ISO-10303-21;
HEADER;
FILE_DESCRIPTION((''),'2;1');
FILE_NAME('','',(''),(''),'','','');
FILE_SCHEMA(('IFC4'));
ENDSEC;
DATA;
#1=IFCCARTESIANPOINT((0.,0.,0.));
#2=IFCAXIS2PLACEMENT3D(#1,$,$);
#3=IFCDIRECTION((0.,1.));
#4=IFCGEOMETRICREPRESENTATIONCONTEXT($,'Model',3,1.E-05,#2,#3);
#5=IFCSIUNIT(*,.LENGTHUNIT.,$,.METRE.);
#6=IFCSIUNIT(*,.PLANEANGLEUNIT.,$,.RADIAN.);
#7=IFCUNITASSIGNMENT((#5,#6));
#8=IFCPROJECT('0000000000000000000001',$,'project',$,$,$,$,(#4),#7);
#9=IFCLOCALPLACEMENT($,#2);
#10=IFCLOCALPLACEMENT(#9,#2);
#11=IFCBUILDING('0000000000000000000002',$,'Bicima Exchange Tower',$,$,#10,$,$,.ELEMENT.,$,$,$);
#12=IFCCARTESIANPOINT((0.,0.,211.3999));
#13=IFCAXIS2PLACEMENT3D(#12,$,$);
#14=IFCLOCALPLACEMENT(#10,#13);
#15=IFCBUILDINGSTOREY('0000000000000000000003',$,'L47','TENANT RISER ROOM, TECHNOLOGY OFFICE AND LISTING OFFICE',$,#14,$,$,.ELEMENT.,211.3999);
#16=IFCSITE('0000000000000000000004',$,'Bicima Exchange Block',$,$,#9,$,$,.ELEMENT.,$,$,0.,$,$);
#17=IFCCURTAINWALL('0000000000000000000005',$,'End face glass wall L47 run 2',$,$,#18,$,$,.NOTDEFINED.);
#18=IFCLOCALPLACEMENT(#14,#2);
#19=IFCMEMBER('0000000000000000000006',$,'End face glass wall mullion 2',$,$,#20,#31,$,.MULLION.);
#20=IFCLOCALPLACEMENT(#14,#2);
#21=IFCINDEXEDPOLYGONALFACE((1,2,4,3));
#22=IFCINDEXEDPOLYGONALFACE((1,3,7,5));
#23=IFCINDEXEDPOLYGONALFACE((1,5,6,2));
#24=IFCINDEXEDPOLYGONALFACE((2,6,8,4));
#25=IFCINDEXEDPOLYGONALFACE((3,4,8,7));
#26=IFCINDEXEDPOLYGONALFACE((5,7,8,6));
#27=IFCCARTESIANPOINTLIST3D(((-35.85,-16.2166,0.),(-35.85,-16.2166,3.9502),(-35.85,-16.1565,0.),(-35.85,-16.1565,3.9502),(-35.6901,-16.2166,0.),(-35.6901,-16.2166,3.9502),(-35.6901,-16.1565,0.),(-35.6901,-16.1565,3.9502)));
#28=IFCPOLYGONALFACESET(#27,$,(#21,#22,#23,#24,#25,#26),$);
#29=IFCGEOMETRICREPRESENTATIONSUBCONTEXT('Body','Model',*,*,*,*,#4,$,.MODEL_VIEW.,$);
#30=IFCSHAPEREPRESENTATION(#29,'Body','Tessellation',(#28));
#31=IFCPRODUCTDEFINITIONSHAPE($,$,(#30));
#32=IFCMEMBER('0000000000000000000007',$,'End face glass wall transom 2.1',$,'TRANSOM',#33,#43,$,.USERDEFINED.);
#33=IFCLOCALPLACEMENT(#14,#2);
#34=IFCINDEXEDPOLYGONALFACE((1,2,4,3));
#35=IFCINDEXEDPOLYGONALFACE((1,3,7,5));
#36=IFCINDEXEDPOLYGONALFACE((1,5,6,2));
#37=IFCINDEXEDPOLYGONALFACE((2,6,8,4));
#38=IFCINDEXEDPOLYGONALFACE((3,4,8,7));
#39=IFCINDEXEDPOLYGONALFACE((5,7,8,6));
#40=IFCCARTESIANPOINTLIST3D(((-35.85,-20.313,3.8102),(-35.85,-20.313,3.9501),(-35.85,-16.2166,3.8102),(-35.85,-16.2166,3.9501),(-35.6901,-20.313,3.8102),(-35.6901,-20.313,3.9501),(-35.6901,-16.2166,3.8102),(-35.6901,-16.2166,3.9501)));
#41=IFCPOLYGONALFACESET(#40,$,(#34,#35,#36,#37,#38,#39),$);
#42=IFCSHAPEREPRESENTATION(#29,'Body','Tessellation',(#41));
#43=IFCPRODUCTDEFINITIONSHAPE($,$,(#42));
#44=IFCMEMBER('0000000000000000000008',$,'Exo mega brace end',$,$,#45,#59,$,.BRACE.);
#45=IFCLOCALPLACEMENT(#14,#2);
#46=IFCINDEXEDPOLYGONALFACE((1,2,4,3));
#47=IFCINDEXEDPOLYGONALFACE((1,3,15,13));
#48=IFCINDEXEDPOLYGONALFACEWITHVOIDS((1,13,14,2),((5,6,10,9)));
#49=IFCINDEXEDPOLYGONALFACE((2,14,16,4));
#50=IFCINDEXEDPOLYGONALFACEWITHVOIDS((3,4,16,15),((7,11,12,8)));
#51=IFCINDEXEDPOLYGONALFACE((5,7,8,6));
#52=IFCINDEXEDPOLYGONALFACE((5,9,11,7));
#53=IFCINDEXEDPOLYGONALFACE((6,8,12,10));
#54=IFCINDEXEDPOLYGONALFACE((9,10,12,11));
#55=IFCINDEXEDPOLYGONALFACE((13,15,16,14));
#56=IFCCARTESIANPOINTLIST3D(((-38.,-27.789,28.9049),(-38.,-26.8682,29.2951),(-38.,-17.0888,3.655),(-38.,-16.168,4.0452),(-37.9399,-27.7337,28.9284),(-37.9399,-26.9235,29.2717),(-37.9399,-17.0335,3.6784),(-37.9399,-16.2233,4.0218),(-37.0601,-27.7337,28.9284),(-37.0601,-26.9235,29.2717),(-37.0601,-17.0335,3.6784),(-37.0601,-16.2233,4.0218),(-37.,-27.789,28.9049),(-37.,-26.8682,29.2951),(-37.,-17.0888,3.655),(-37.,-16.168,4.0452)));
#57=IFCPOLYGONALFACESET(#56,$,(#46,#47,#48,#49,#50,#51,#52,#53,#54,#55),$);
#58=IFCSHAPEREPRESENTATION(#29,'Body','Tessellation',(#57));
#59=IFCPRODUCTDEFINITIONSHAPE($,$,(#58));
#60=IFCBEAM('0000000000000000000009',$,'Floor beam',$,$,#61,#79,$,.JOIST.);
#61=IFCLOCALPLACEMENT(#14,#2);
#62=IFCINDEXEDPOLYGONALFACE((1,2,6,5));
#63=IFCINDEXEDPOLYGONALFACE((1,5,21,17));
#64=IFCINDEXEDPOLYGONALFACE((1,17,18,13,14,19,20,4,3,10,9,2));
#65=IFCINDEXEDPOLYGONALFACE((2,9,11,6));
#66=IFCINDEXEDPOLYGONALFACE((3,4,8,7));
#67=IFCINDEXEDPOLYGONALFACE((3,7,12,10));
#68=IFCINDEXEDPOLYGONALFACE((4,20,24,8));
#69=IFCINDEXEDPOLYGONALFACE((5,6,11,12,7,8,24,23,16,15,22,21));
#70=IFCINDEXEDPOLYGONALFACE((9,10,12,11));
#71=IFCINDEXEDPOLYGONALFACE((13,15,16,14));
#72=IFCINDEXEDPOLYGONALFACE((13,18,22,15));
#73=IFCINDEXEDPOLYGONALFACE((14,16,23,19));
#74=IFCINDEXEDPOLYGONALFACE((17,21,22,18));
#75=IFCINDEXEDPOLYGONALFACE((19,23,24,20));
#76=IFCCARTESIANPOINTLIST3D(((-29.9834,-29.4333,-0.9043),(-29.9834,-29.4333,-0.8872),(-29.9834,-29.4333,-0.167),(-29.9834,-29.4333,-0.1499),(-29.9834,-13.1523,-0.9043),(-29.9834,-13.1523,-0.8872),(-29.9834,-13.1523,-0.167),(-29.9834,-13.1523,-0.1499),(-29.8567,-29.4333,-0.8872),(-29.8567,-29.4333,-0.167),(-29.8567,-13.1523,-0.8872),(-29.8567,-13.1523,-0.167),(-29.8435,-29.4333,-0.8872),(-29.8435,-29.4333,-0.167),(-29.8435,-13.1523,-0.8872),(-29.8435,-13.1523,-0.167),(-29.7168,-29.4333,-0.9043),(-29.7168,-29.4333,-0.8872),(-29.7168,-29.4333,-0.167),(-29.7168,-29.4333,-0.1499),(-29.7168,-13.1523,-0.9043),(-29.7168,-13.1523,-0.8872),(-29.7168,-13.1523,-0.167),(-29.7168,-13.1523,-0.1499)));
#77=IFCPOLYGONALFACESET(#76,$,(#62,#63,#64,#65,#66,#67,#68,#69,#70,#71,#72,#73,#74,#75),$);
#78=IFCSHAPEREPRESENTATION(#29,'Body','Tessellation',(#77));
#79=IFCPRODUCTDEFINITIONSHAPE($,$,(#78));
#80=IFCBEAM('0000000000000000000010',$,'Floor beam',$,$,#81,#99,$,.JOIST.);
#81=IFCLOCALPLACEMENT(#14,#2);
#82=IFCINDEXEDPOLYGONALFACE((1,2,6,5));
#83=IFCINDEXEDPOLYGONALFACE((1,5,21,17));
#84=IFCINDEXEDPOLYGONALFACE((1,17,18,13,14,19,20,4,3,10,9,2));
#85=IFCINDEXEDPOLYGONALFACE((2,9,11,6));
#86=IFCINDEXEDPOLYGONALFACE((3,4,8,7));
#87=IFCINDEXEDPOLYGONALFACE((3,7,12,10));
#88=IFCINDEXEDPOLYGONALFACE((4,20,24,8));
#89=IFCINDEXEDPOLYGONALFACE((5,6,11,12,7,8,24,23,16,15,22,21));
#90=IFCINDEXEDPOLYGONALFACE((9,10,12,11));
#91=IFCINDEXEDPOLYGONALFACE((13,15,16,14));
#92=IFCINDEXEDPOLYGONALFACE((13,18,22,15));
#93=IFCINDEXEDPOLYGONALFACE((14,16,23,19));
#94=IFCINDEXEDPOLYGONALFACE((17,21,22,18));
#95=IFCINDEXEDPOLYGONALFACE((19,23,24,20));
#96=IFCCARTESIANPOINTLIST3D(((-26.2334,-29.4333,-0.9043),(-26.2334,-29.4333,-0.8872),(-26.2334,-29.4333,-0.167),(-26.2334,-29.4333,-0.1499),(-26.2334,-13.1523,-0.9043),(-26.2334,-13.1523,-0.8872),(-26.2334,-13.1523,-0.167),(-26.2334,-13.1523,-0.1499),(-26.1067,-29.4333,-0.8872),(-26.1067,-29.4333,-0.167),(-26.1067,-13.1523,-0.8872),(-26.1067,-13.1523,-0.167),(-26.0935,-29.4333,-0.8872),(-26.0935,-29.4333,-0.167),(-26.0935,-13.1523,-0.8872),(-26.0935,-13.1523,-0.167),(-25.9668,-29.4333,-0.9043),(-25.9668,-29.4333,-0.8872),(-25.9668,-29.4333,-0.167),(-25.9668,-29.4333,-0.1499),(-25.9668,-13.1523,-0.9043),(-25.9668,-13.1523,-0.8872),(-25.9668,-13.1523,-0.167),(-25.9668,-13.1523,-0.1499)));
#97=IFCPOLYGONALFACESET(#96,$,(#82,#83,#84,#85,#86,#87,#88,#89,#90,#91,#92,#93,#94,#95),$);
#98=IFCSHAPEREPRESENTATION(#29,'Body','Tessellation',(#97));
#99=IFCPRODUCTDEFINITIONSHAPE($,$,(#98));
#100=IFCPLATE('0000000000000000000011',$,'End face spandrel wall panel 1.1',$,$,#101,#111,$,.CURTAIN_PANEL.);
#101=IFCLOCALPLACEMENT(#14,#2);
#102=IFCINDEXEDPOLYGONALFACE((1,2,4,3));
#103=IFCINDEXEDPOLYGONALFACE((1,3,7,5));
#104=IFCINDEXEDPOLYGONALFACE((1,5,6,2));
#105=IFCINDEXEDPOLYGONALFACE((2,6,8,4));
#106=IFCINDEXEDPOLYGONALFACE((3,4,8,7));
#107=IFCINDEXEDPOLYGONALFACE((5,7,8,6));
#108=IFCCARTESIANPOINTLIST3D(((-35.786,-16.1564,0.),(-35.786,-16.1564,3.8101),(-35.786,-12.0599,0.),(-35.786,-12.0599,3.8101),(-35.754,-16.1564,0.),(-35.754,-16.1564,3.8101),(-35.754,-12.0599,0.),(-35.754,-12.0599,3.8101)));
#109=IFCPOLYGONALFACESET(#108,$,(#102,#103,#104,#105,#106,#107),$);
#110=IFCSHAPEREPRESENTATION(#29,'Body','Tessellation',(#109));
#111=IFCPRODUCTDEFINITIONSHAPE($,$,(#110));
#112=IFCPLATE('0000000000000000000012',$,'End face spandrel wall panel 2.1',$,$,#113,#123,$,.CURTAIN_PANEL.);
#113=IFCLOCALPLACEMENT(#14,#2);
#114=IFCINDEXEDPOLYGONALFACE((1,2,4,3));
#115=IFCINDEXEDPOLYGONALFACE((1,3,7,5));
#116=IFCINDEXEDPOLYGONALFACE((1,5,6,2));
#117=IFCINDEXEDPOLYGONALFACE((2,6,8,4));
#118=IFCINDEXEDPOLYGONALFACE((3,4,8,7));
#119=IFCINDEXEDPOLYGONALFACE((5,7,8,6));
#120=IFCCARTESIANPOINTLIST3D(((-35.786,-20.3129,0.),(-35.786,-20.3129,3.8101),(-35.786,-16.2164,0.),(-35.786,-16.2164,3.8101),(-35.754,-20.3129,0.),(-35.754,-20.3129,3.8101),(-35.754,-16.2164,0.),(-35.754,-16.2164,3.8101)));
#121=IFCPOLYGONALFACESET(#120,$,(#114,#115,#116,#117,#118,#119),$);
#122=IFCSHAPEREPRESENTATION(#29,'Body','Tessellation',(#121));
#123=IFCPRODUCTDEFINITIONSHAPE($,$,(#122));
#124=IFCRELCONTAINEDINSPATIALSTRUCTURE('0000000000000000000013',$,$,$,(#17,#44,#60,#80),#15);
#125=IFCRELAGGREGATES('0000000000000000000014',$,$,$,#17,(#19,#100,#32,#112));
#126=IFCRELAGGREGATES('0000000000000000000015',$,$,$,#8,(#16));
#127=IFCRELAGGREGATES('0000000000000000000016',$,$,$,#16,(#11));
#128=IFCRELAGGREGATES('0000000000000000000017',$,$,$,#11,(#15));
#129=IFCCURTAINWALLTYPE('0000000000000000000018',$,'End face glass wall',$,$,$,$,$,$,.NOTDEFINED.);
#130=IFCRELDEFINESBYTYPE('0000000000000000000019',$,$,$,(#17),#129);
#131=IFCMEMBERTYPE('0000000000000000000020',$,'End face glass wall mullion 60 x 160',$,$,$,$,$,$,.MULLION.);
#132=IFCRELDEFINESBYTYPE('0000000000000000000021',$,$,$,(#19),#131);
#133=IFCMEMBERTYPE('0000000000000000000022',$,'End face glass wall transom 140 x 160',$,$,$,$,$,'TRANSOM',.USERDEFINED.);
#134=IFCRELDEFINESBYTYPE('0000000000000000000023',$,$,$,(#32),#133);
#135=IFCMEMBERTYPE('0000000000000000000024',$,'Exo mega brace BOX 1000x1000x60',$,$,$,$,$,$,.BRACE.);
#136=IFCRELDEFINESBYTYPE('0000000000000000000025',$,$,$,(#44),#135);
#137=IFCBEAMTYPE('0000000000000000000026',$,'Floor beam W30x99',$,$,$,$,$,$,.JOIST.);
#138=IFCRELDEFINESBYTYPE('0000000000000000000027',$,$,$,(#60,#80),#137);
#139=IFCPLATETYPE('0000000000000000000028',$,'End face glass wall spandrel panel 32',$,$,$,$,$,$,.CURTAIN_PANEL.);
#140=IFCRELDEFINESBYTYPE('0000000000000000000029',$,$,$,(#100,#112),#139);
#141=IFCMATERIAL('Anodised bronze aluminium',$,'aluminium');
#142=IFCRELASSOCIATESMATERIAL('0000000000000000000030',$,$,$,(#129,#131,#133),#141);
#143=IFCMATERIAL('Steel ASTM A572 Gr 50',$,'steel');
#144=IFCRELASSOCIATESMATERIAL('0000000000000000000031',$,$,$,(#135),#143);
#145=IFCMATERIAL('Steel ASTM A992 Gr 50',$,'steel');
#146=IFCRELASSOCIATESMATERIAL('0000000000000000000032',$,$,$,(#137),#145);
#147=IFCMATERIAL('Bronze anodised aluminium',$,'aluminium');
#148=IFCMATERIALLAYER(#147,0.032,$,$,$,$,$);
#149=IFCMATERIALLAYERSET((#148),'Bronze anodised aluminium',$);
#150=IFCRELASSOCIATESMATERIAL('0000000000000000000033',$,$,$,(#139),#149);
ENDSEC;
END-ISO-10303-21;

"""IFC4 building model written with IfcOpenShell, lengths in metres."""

from ifc_helpers import new_model, si_unit, direction, frame, origin, origin_2d, place, context, subcontext, project, spatial, rectangle, hollow_rectangle, i_section, extrude, material, layer, layer_set, material_profile, profile_set, type_object, element, aggregate, save


model = new_model("IFC4")

# Units and contexts
model_context = context("Model", 3, precision=1e-05, world=origin(), true_north=direction((0.0, 1.0)))
body_context = subcontext(model_context, "Body", "Model", "MODEL_VIEW")
ifc_project = project(units=[si_unit("LENGTHUNIT", "METRE"), si_unit("PLANEANGLEUNIT", "RADIAN")], contexts=[model_context])

# Site, building, storey
site_placement = place(None, origin())
site = spatial("IfcSite", under=ifc_project, at=site_placement, Name="Bicima Exchange Block", CompositionType="ELEMENT", RefElevation=0.0)
building_placement = place(site_placement, origin())
building = spatial("IfcBuilding", under=site, at=building_placement, Name="Bicima Exchange Tower", CompositionType="ELEMENT")
storey_placement = place(building_placement, frame((0.0, 0.0, 211.3999)))
storey = spatial("IfcBuildingStorey", under=building, at=storey_placement, Name="L47", Description="TENANT RISER ROOM, TECHNOLOGY OFFICE AND LISTING OFFICE", CompositionType="ELEMENT", Elevation=211.3999)

# Curtain wall, members
ifc_material_1 = material(Name="Anodised bronze aluminium", Category="aluminium")
curtain_wall_type = type_object("IfcCurtainWallType", Name="End face glass wall", PredefinedType="NOTDEFINED", material=ifc_material_1)
curtain_wall_placement = place(storey_placement, origin())
curtain_wall = element("IfcCurtainWall", 1, at=curtain_wall_placement, inside=storey, type_object=curtain_wall_type, Name="End face glass wall L47 run 2", PredefinedType="NOTDEFINED")
ifc_material_profile_1 = material_profile(ifc_material_1, rectangle(XDim=0.1599, YDim=0.0601, at=origin_2d()))
ifc_profile_set_1 = profile_set([ifc_material_profile_1], Name="Anodised bronze aluminium")
member_type_1 = type_object("IfcMemberType", Name="End face glass wall mullion 60 x 160", PredefinedType="MULLION", material=ifc_profile_set_1)
member_1_placement = place(storey_placement, frame((-35.77, -16.1865, 0.0), z_axis=(0.0, 0.0, 1.0), x_axis=(1.0, 0.0, 0.0)))
member_1 = element("IfcMember", 2, at=member_1_placement, type_object=member_type_1, Name="End face glass wall mullion 2", PredefinedType="MULLION", context=body_context, shape_type="SweptSolid", body=[
    extrude(rectangle(XDim=0.1599, YDim=0.0601, at=origin_2d()), origin(), (0.0, 0.0, 1.0), 3.9502),
])
ifc_material_profile_2 = material_profile(ifc_material_1, rectangle(XDim=0.1599, YDim=0.1399, at=origin_2d()))
ifc_profile_set_2 = profile_set([ifc_material_profile_2], Name="Anodised bronze aluminium")
member_type_2 = type_object("IfcMemberType", Name="End face glass wall transom 140 x 160", ElementType="TRANSOM", PredefinedType="USERDEFINED", material=ifc_profile_set_2)
member_2_placement = place(storey_placement, frame((-35.77, -16.2166, 3.8801), z_axis=(0.0, -1.0, 0.0), x_axis=(1.0, 0.0, 0.0)))
member_2 = element("IfcMember", 3, at=member_2_placement, type_object=member_type_2, Name="End face glass wall transom 2.1", ObjectType="TRANSOM", PredefinedType="USERDEFINED", context=body_context, shape_type="SweptSolid", body=[
    extrude(rectangle(XDim=0.1599, YDim=0.1399, at=origin_2d()), origin(), (0.0, 0.0, 1.0), 4.0964),
])

# Member
ifc_material_2 = material(Name="Steel ASTM A572 Gr 50", Category="steel")
ifc_material_profile_3 = material_profile(ifc_material_2, hollow_rectangle(XDim=1.0, YDim=1.0, WallThickness=0.0601, at=origin_2d()))
ifc_profile_set_3 = profile_set([ifc_material_profile_3], Name="Steel ASTM A572 Gr 50")
member_type_3 = type_object("IfcMemberType", Name="Exo mega brace BOX 1000x1000x60", PredefinedType="BRACE", material=ifc_profile_set_3)
member_3_placement = place(storey_placement, frame((-37.5, -16.6284, 3.8501), z_axis=(0.0, -0.390181, 0.920738), x_axis=(1.0, 0.0, 0.0)))
element("IfcMember", 4, at=member_3_placement, inside=storey, type_object=member_type_3, Name="Exo mega brace end", PredefinedType="BRACE", context=body_context, shape_type="SweptSolid", body=[
    extrude(hollow_rectangle(XDim=1.0, YDim=1.0, WallThickness=0.0601, at=origin_2d()), origin(), (0.0, 0.0, 1.0), 27.4236),
])

# Beams
ifc_material_3 = material(Name="Steel ASTM A992 Gr 50", Category="steel")
ifc_material_profile_4 = material_profile(ifc_material_3, i_section(OverallWidth=0.2666, OverallDepth=0.7544, WebThickness=0.0132, FlangeThickness=0.0171, at=origin_2d()))
ifc_profile_set_4 = profile_set([ifc_material_profile_4], Name="Steel ASTM A992 Gr 50")
beam_type = type_object("IfcBeamType", Name="Floor beam W30x99", PredefinedType="JOIST", material=ifc_profile_set_4)
for number, where, z_axis, x_axis, name in (
    (5, (-29.8501, -13.1523, -0.5271), (0.0, -1.0, 0.0), (1.0, 0.0, 0.0), "Floor beam"),
    (6, (-26.1001, -13.1523, -0.5271), (0.0, -1.0, 0.0), (1.0, 0.0, 0.0), "Floor beam"),
):
    element("IfcBeam", number, at=place(storey_placement, frame(where, z_axis=z_axis, x_axis=x_axis)), inside=storey, type_object=beam_type, Name=name, PredefinedType="JOIST", context=body_context, shape_type="SweptSolid", body=[
        extrude(i_section(OverallWidth=0.2666, OverallDepth=0.7544, WebThickness=0.0132, FlangeThickness=0.0171, at=origin_2d()), origin(), (0.0, 0.0, 1.0), 16.281),
    ])

# Plates
ifc_material_4 = material(Name="Bronze anodised aluminium", Category="aluminium")
ifc_layer_1 = layer(ifc_material_4, 0.032)
ifc_layer_set_1 = layer_set([ifc_layer_1], Name="Bronze anodised aluminium")
plate_type = type_object("IfcPlateType", Name="End face glass wall spandrel panel 32", PredefinedType="CURTAIN_PANEL", material=ifc_layer_set_1)
plate_1_placement = place(storey_placement, frame((-35.77, -14.1082, 0.0), z_axis=(0.0, 0.0, 1.0), x_axis=(0.0, -1.0, 0.0)))
plate_1 = element("IfcPlate", 7, at=plate_1_placement, type_object=plate_type, Name="End face spandrel wall panel 1.1", PredefinedType="CURTAIN_PANEL", context=body_context, shape_type="SweptSolid", body=[
    extrude(rectangle(XDim=4.0964, YDim=0.032, at=origin_2d()), origin(), (0.0, 0.0, 1.0), 3.8101),
])
plate_2_placement = place(storey_placement, frame((-35.77, -18.2646, 0.0), z_axis=(0.0, 0.0, 1.0), x_axis=(0.0, -1.0, 0.0)))
plate_2 = element("IfcPlate", 8, at=plate_2_placement, type_object=plate_type, Name="End face spandrel wall panel 2.1", PredefinedType="CURTAIN_PANEL", context=body_context, shape_type="SweptSolid", body=[
    extrude(rectangle(XDim=4.0964, YDim=0.032, at=origin_2d()), origin(), (0.0, 0.0, 1.0), 3.8101),
])
aggregate(curtain_wall, [member_1, plate_1, member_2, plate_2])

save(model, "model.ifc")
